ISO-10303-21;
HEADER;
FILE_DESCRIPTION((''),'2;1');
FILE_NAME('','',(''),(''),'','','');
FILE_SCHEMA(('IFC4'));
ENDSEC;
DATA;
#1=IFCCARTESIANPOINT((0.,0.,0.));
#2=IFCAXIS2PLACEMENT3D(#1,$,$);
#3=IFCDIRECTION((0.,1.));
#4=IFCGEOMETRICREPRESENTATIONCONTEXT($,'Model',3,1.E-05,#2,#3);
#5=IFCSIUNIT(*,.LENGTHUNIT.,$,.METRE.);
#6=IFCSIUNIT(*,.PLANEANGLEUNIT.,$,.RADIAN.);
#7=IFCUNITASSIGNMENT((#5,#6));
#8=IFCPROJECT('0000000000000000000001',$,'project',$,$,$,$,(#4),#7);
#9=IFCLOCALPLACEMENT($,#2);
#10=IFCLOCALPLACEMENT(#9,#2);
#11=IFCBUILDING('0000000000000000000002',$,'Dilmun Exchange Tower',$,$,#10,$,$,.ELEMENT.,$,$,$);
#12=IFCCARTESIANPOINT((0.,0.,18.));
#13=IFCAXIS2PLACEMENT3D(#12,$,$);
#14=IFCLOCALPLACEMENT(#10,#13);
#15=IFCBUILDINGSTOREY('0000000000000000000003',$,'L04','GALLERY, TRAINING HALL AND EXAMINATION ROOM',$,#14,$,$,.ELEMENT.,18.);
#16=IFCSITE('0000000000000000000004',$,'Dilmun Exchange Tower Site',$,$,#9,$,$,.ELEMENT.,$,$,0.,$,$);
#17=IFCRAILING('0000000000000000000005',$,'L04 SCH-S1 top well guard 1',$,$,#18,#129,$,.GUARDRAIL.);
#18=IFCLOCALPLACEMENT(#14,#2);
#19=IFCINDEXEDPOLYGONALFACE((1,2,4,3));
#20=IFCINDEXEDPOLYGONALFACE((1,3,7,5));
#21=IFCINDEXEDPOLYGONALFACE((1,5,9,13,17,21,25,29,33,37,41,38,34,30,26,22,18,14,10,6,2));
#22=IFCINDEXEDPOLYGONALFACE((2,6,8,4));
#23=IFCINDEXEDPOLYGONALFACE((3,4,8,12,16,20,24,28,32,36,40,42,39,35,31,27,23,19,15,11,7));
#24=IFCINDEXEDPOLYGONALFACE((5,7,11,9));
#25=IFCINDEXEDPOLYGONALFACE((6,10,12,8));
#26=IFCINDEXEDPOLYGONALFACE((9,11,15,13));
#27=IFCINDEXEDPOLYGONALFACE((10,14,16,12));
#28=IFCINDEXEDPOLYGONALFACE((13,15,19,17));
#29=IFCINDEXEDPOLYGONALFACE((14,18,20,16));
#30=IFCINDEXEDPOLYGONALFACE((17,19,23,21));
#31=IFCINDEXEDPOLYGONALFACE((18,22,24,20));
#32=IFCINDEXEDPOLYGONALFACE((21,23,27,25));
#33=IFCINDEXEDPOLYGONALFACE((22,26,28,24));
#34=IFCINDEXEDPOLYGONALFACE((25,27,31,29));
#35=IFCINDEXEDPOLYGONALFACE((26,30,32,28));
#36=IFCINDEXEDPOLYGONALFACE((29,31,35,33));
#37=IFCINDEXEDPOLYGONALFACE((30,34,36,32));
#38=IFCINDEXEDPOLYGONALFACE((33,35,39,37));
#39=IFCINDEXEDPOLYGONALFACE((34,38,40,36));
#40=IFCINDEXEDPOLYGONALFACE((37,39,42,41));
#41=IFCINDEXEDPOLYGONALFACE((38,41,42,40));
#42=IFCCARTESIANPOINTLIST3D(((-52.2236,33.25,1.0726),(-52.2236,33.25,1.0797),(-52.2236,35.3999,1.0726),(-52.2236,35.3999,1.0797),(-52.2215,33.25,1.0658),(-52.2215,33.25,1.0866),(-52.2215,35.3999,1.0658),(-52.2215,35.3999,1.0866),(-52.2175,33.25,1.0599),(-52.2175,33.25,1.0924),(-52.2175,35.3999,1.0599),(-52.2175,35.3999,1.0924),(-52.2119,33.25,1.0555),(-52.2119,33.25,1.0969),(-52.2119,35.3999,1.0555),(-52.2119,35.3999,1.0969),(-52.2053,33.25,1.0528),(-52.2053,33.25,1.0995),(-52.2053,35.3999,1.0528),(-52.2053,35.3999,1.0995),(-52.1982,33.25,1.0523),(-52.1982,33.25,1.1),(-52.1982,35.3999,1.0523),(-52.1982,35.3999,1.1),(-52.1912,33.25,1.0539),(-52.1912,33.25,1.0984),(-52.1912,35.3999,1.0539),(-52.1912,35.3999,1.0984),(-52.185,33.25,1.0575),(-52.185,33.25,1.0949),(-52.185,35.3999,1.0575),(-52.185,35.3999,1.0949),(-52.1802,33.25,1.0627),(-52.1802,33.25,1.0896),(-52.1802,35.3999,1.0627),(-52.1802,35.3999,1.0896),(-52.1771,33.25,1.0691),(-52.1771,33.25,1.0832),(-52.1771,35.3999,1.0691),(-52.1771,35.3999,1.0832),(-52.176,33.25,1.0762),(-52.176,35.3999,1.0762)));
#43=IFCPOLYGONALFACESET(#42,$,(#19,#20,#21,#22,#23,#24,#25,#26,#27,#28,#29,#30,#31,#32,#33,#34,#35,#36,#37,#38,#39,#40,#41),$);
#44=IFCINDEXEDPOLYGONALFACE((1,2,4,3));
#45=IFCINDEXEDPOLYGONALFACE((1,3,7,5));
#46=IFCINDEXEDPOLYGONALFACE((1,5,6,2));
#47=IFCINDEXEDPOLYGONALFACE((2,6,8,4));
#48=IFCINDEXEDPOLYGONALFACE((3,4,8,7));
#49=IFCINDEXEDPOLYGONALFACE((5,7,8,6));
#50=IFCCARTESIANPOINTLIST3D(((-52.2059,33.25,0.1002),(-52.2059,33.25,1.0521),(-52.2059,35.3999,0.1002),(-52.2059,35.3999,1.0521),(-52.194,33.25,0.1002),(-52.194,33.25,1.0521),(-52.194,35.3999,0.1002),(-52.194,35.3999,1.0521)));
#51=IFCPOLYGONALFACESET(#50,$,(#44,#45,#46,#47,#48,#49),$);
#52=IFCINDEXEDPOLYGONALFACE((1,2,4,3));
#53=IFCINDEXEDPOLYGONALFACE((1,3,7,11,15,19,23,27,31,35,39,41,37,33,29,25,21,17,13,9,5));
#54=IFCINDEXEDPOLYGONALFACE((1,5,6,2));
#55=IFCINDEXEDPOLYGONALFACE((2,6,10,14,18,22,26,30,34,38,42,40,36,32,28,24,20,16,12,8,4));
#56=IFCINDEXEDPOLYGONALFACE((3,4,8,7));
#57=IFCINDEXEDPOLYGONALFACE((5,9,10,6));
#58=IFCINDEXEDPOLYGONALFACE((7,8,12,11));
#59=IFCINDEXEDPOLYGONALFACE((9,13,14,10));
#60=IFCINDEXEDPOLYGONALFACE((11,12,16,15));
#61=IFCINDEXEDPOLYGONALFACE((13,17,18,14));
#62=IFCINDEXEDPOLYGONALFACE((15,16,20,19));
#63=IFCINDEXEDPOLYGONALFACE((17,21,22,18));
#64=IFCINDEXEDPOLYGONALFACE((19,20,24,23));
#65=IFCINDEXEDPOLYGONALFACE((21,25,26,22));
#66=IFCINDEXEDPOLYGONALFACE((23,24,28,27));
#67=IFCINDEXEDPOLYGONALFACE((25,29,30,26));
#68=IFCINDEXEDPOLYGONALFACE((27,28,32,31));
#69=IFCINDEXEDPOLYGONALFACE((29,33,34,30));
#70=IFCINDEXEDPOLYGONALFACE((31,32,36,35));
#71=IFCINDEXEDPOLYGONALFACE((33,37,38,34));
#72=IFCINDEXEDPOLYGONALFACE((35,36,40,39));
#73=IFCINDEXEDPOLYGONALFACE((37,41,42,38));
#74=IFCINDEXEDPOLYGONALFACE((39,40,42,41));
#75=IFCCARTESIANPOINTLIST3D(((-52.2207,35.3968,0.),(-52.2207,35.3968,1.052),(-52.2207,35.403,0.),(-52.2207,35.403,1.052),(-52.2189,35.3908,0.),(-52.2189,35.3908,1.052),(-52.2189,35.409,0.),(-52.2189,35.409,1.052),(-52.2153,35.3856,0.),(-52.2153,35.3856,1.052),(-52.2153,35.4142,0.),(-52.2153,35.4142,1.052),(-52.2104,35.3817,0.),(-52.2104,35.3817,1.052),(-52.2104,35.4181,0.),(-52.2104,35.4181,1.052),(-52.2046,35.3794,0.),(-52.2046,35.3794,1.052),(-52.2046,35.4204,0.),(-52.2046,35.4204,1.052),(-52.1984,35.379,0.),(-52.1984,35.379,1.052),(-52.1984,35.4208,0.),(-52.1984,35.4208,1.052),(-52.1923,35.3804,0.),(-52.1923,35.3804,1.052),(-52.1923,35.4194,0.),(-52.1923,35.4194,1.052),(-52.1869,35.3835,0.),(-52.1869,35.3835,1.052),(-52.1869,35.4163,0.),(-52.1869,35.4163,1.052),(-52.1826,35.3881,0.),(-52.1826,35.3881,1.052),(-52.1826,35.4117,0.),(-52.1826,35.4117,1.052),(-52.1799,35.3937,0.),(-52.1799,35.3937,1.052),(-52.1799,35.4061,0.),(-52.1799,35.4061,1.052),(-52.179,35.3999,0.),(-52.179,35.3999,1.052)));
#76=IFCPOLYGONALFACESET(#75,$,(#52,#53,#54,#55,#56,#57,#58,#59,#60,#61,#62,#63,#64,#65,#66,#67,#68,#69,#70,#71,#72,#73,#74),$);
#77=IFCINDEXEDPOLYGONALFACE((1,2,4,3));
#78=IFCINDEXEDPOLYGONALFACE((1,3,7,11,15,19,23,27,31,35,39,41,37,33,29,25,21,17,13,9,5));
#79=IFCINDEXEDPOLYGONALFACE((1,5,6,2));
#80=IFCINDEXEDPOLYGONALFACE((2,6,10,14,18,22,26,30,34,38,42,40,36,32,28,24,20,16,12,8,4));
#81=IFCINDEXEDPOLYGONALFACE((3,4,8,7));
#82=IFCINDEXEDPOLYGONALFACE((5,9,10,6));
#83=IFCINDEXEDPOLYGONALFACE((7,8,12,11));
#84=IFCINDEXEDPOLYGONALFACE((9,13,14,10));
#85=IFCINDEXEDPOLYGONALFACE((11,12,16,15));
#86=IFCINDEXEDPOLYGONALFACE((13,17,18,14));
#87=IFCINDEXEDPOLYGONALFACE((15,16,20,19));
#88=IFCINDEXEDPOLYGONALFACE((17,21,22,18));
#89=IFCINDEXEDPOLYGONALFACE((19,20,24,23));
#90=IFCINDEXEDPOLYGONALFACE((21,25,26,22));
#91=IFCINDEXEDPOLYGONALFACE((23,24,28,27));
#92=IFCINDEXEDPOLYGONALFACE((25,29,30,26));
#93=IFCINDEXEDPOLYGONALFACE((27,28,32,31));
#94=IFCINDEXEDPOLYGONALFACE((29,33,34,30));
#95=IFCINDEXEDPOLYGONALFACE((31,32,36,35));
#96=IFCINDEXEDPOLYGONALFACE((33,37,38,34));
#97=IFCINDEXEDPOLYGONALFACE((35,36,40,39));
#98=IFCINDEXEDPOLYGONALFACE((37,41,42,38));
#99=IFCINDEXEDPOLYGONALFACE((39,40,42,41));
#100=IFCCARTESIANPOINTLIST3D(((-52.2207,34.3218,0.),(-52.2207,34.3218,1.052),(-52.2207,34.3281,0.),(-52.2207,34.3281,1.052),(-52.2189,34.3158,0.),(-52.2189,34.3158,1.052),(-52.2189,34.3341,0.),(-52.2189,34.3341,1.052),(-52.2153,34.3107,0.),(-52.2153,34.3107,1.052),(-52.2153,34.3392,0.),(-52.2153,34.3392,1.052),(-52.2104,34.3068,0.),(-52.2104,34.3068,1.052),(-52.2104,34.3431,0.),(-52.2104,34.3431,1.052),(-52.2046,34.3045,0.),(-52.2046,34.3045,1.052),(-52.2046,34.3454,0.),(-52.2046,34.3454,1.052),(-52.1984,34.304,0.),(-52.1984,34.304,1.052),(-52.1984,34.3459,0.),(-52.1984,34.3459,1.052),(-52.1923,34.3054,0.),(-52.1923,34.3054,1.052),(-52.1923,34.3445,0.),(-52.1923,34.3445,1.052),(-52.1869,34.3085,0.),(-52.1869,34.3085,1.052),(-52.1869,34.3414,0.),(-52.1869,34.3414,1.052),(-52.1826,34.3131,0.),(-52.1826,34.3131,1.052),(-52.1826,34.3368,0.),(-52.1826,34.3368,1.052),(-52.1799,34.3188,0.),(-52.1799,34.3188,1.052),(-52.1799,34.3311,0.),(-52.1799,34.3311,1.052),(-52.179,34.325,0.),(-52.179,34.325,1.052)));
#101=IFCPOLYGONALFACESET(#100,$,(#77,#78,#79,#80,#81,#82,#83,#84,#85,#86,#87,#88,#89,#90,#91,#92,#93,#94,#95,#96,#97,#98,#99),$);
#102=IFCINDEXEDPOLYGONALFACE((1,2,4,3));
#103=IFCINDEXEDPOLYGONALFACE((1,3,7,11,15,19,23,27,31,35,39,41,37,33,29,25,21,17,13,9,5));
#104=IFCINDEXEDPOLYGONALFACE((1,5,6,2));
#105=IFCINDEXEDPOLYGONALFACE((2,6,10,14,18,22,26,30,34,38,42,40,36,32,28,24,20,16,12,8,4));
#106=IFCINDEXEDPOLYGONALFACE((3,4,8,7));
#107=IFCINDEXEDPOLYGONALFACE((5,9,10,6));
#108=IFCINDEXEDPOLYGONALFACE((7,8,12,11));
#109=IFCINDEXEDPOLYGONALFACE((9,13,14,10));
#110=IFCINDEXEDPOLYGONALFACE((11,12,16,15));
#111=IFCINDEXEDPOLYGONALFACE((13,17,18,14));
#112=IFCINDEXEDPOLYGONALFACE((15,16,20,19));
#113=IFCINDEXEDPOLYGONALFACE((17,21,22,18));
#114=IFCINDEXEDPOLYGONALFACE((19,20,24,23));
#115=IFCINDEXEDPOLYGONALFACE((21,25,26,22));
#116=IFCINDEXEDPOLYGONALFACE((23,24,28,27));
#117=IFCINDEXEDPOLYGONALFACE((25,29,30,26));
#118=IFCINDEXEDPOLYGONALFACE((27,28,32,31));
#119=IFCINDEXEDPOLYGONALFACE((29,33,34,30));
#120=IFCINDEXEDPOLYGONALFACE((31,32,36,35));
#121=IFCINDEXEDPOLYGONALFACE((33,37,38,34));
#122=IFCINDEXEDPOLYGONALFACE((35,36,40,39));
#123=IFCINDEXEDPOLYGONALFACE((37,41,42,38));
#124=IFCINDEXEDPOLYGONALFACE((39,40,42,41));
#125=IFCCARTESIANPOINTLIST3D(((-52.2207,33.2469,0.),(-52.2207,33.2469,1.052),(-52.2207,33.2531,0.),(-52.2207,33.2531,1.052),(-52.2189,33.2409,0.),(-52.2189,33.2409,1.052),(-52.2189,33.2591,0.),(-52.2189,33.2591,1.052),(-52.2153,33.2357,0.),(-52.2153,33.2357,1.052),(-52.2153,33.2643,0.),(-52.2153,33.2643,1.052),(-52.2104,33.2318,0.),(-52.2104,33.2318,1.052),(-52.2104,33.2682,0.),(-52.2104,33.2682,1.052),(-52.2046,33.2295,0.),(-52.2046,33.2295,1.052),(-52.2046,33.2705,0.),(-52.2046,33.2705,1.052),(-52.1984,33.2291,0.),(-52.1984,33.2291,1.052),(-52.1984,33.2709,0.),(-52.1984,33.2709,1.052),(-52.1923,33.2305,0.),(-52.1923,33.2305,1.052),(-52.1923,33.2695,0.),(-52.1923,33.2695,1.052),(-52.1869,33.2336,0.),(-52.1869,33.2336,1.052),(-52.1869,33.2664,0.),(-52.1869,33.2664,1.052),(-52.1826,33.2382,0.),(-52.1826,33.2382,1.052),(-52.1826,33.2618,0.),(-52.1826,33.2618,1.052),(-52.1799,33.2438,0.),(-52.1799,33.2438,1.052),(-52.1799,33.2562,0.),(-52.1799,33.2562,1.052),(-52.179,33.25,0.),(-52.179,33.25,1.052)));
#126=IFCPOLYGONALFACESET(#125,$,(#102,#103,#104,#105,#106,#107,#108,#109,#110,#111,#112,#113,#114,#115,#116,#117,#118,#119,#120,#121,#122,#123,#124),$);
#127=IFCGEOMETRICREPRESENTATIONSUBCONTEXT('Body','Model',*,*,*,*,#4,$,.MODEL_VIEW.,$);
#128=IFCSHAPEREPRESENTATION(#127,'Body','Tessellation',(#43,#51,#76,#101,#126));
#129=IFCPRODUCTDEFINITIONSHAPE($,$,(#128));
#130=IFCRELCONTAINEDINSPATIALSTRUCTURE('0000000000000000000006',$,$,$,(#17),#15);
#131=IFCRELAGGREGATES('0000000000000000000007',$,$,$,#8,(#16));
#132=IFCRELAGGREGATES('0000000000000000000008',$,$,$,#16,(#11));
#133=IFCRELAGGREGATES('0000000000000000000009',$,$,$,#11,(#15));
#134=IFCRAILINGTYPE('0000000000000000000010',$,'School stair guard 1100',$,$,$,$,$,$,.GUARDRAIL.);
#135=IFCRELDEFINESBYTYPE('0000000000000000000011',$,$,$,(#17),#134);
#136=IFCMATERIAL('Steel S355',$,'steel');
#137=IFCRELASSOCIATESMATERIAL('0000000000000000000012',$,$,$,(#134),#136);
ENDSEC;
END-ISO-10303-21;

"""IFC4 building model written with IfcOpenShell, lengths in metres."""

from ifc_helpers import new_model, si_unit, direction, frame, origin, origin_2d, place, context, subcontext, project, spatial, rectangle, circle, extrude, material, type_object, element, save


model = new_model("IFC4")

# Units and contexts
model_context = context("Model", 3, precision=1e-05, world=origin(), true_north=direction((0.0, 1.0)))
body_context = subcontext(model_context, "Body", "Model", "MODEL_VIEW")
ifc_project = project(units=[si_unit("LENGTHUNIT", "METRE"), si_unit("PLANEANGLEUNIT", "RADIAN")], contexts=[model_context])

# Site, building, storey
site_placement = place(None, origin())
site = spatial("IfcSite", under=ifc_project, at=site_placement, Name="Dilmun Exchange Tower Site", CompositionType="ELEMENT", RefElevation=0.0)
building_placement = place(site_placement, origin())
building = spatial("IfcBuilding", under=site, at=building_placement, Name="Dilmun Exchange Tower", CompositionType="ELEMENT")
storey_placement = place(building_placement, frame((0.0, 0.0, 18.0)))
storey = spatial("IfcBuildingStorey", under=building, at=storey_placement, Name="L04", Description="GALLERY, TRAINING HALL AND EXAMINATION ROOM", CompositionType="ELEMENT", Elevation=18.0)

# Railing
ifc_material_1 = material(Name="Steel S355", Category="steel")
railing_type_1 = type_object("IfcRailingType", Name="School stair guard 1100", PredefinedType="GUARDRAIL", material=ifc_material_1)
railing_1_placement = place(storey_placement, frame((-52.2, 35.3999, 0.0)))
element("IfcRailing", 1, at=railing_1_placement, inside=storey, type_object=railing_type_1, Name="L04 SCH-S1 top well guard 1", PredefinedType="GUARDRAIL", context=body_context, shape_type="SweptSolid", body=[
    extrude(circle(Radius=0.0239, at=origin_2d()), frame((0.0, 0.0, 1.0762), z_axis=(0.0, -1.0, 0.0), x_axis=(1.0, 0.0, 0.0)), (0.0, 0.0, 1.0), 2.1499),
    extrude(rectangle(XDim=0.012, YDim=0.9519, at=origin_2d()), frame((0.0, 0.0, 0.5762), z_axis=(0.0, -1.0, 0.0), x_axis=(1.0, 0.0, 0.0)), (0.0, 0.0, 1.0), 2.1499),
    extrude(circle(Radius=0.021, at=origin_2d()), origin(), (0.0, 0.0, 1.0), 1.052),
    extrude(circle(Radius=0.021, at=origin_2d()), frame((0.0, -1.075, 0.0)), (0.0, 0.0, 1.0), 1.052),
    extrude(circle(Radius=0.021, at=origin_2d()), frame((0.0, -2.1499, 0.0)), (0.0, 0.0, 1.0), 1.052),
])

save(model, "model.ifc")
